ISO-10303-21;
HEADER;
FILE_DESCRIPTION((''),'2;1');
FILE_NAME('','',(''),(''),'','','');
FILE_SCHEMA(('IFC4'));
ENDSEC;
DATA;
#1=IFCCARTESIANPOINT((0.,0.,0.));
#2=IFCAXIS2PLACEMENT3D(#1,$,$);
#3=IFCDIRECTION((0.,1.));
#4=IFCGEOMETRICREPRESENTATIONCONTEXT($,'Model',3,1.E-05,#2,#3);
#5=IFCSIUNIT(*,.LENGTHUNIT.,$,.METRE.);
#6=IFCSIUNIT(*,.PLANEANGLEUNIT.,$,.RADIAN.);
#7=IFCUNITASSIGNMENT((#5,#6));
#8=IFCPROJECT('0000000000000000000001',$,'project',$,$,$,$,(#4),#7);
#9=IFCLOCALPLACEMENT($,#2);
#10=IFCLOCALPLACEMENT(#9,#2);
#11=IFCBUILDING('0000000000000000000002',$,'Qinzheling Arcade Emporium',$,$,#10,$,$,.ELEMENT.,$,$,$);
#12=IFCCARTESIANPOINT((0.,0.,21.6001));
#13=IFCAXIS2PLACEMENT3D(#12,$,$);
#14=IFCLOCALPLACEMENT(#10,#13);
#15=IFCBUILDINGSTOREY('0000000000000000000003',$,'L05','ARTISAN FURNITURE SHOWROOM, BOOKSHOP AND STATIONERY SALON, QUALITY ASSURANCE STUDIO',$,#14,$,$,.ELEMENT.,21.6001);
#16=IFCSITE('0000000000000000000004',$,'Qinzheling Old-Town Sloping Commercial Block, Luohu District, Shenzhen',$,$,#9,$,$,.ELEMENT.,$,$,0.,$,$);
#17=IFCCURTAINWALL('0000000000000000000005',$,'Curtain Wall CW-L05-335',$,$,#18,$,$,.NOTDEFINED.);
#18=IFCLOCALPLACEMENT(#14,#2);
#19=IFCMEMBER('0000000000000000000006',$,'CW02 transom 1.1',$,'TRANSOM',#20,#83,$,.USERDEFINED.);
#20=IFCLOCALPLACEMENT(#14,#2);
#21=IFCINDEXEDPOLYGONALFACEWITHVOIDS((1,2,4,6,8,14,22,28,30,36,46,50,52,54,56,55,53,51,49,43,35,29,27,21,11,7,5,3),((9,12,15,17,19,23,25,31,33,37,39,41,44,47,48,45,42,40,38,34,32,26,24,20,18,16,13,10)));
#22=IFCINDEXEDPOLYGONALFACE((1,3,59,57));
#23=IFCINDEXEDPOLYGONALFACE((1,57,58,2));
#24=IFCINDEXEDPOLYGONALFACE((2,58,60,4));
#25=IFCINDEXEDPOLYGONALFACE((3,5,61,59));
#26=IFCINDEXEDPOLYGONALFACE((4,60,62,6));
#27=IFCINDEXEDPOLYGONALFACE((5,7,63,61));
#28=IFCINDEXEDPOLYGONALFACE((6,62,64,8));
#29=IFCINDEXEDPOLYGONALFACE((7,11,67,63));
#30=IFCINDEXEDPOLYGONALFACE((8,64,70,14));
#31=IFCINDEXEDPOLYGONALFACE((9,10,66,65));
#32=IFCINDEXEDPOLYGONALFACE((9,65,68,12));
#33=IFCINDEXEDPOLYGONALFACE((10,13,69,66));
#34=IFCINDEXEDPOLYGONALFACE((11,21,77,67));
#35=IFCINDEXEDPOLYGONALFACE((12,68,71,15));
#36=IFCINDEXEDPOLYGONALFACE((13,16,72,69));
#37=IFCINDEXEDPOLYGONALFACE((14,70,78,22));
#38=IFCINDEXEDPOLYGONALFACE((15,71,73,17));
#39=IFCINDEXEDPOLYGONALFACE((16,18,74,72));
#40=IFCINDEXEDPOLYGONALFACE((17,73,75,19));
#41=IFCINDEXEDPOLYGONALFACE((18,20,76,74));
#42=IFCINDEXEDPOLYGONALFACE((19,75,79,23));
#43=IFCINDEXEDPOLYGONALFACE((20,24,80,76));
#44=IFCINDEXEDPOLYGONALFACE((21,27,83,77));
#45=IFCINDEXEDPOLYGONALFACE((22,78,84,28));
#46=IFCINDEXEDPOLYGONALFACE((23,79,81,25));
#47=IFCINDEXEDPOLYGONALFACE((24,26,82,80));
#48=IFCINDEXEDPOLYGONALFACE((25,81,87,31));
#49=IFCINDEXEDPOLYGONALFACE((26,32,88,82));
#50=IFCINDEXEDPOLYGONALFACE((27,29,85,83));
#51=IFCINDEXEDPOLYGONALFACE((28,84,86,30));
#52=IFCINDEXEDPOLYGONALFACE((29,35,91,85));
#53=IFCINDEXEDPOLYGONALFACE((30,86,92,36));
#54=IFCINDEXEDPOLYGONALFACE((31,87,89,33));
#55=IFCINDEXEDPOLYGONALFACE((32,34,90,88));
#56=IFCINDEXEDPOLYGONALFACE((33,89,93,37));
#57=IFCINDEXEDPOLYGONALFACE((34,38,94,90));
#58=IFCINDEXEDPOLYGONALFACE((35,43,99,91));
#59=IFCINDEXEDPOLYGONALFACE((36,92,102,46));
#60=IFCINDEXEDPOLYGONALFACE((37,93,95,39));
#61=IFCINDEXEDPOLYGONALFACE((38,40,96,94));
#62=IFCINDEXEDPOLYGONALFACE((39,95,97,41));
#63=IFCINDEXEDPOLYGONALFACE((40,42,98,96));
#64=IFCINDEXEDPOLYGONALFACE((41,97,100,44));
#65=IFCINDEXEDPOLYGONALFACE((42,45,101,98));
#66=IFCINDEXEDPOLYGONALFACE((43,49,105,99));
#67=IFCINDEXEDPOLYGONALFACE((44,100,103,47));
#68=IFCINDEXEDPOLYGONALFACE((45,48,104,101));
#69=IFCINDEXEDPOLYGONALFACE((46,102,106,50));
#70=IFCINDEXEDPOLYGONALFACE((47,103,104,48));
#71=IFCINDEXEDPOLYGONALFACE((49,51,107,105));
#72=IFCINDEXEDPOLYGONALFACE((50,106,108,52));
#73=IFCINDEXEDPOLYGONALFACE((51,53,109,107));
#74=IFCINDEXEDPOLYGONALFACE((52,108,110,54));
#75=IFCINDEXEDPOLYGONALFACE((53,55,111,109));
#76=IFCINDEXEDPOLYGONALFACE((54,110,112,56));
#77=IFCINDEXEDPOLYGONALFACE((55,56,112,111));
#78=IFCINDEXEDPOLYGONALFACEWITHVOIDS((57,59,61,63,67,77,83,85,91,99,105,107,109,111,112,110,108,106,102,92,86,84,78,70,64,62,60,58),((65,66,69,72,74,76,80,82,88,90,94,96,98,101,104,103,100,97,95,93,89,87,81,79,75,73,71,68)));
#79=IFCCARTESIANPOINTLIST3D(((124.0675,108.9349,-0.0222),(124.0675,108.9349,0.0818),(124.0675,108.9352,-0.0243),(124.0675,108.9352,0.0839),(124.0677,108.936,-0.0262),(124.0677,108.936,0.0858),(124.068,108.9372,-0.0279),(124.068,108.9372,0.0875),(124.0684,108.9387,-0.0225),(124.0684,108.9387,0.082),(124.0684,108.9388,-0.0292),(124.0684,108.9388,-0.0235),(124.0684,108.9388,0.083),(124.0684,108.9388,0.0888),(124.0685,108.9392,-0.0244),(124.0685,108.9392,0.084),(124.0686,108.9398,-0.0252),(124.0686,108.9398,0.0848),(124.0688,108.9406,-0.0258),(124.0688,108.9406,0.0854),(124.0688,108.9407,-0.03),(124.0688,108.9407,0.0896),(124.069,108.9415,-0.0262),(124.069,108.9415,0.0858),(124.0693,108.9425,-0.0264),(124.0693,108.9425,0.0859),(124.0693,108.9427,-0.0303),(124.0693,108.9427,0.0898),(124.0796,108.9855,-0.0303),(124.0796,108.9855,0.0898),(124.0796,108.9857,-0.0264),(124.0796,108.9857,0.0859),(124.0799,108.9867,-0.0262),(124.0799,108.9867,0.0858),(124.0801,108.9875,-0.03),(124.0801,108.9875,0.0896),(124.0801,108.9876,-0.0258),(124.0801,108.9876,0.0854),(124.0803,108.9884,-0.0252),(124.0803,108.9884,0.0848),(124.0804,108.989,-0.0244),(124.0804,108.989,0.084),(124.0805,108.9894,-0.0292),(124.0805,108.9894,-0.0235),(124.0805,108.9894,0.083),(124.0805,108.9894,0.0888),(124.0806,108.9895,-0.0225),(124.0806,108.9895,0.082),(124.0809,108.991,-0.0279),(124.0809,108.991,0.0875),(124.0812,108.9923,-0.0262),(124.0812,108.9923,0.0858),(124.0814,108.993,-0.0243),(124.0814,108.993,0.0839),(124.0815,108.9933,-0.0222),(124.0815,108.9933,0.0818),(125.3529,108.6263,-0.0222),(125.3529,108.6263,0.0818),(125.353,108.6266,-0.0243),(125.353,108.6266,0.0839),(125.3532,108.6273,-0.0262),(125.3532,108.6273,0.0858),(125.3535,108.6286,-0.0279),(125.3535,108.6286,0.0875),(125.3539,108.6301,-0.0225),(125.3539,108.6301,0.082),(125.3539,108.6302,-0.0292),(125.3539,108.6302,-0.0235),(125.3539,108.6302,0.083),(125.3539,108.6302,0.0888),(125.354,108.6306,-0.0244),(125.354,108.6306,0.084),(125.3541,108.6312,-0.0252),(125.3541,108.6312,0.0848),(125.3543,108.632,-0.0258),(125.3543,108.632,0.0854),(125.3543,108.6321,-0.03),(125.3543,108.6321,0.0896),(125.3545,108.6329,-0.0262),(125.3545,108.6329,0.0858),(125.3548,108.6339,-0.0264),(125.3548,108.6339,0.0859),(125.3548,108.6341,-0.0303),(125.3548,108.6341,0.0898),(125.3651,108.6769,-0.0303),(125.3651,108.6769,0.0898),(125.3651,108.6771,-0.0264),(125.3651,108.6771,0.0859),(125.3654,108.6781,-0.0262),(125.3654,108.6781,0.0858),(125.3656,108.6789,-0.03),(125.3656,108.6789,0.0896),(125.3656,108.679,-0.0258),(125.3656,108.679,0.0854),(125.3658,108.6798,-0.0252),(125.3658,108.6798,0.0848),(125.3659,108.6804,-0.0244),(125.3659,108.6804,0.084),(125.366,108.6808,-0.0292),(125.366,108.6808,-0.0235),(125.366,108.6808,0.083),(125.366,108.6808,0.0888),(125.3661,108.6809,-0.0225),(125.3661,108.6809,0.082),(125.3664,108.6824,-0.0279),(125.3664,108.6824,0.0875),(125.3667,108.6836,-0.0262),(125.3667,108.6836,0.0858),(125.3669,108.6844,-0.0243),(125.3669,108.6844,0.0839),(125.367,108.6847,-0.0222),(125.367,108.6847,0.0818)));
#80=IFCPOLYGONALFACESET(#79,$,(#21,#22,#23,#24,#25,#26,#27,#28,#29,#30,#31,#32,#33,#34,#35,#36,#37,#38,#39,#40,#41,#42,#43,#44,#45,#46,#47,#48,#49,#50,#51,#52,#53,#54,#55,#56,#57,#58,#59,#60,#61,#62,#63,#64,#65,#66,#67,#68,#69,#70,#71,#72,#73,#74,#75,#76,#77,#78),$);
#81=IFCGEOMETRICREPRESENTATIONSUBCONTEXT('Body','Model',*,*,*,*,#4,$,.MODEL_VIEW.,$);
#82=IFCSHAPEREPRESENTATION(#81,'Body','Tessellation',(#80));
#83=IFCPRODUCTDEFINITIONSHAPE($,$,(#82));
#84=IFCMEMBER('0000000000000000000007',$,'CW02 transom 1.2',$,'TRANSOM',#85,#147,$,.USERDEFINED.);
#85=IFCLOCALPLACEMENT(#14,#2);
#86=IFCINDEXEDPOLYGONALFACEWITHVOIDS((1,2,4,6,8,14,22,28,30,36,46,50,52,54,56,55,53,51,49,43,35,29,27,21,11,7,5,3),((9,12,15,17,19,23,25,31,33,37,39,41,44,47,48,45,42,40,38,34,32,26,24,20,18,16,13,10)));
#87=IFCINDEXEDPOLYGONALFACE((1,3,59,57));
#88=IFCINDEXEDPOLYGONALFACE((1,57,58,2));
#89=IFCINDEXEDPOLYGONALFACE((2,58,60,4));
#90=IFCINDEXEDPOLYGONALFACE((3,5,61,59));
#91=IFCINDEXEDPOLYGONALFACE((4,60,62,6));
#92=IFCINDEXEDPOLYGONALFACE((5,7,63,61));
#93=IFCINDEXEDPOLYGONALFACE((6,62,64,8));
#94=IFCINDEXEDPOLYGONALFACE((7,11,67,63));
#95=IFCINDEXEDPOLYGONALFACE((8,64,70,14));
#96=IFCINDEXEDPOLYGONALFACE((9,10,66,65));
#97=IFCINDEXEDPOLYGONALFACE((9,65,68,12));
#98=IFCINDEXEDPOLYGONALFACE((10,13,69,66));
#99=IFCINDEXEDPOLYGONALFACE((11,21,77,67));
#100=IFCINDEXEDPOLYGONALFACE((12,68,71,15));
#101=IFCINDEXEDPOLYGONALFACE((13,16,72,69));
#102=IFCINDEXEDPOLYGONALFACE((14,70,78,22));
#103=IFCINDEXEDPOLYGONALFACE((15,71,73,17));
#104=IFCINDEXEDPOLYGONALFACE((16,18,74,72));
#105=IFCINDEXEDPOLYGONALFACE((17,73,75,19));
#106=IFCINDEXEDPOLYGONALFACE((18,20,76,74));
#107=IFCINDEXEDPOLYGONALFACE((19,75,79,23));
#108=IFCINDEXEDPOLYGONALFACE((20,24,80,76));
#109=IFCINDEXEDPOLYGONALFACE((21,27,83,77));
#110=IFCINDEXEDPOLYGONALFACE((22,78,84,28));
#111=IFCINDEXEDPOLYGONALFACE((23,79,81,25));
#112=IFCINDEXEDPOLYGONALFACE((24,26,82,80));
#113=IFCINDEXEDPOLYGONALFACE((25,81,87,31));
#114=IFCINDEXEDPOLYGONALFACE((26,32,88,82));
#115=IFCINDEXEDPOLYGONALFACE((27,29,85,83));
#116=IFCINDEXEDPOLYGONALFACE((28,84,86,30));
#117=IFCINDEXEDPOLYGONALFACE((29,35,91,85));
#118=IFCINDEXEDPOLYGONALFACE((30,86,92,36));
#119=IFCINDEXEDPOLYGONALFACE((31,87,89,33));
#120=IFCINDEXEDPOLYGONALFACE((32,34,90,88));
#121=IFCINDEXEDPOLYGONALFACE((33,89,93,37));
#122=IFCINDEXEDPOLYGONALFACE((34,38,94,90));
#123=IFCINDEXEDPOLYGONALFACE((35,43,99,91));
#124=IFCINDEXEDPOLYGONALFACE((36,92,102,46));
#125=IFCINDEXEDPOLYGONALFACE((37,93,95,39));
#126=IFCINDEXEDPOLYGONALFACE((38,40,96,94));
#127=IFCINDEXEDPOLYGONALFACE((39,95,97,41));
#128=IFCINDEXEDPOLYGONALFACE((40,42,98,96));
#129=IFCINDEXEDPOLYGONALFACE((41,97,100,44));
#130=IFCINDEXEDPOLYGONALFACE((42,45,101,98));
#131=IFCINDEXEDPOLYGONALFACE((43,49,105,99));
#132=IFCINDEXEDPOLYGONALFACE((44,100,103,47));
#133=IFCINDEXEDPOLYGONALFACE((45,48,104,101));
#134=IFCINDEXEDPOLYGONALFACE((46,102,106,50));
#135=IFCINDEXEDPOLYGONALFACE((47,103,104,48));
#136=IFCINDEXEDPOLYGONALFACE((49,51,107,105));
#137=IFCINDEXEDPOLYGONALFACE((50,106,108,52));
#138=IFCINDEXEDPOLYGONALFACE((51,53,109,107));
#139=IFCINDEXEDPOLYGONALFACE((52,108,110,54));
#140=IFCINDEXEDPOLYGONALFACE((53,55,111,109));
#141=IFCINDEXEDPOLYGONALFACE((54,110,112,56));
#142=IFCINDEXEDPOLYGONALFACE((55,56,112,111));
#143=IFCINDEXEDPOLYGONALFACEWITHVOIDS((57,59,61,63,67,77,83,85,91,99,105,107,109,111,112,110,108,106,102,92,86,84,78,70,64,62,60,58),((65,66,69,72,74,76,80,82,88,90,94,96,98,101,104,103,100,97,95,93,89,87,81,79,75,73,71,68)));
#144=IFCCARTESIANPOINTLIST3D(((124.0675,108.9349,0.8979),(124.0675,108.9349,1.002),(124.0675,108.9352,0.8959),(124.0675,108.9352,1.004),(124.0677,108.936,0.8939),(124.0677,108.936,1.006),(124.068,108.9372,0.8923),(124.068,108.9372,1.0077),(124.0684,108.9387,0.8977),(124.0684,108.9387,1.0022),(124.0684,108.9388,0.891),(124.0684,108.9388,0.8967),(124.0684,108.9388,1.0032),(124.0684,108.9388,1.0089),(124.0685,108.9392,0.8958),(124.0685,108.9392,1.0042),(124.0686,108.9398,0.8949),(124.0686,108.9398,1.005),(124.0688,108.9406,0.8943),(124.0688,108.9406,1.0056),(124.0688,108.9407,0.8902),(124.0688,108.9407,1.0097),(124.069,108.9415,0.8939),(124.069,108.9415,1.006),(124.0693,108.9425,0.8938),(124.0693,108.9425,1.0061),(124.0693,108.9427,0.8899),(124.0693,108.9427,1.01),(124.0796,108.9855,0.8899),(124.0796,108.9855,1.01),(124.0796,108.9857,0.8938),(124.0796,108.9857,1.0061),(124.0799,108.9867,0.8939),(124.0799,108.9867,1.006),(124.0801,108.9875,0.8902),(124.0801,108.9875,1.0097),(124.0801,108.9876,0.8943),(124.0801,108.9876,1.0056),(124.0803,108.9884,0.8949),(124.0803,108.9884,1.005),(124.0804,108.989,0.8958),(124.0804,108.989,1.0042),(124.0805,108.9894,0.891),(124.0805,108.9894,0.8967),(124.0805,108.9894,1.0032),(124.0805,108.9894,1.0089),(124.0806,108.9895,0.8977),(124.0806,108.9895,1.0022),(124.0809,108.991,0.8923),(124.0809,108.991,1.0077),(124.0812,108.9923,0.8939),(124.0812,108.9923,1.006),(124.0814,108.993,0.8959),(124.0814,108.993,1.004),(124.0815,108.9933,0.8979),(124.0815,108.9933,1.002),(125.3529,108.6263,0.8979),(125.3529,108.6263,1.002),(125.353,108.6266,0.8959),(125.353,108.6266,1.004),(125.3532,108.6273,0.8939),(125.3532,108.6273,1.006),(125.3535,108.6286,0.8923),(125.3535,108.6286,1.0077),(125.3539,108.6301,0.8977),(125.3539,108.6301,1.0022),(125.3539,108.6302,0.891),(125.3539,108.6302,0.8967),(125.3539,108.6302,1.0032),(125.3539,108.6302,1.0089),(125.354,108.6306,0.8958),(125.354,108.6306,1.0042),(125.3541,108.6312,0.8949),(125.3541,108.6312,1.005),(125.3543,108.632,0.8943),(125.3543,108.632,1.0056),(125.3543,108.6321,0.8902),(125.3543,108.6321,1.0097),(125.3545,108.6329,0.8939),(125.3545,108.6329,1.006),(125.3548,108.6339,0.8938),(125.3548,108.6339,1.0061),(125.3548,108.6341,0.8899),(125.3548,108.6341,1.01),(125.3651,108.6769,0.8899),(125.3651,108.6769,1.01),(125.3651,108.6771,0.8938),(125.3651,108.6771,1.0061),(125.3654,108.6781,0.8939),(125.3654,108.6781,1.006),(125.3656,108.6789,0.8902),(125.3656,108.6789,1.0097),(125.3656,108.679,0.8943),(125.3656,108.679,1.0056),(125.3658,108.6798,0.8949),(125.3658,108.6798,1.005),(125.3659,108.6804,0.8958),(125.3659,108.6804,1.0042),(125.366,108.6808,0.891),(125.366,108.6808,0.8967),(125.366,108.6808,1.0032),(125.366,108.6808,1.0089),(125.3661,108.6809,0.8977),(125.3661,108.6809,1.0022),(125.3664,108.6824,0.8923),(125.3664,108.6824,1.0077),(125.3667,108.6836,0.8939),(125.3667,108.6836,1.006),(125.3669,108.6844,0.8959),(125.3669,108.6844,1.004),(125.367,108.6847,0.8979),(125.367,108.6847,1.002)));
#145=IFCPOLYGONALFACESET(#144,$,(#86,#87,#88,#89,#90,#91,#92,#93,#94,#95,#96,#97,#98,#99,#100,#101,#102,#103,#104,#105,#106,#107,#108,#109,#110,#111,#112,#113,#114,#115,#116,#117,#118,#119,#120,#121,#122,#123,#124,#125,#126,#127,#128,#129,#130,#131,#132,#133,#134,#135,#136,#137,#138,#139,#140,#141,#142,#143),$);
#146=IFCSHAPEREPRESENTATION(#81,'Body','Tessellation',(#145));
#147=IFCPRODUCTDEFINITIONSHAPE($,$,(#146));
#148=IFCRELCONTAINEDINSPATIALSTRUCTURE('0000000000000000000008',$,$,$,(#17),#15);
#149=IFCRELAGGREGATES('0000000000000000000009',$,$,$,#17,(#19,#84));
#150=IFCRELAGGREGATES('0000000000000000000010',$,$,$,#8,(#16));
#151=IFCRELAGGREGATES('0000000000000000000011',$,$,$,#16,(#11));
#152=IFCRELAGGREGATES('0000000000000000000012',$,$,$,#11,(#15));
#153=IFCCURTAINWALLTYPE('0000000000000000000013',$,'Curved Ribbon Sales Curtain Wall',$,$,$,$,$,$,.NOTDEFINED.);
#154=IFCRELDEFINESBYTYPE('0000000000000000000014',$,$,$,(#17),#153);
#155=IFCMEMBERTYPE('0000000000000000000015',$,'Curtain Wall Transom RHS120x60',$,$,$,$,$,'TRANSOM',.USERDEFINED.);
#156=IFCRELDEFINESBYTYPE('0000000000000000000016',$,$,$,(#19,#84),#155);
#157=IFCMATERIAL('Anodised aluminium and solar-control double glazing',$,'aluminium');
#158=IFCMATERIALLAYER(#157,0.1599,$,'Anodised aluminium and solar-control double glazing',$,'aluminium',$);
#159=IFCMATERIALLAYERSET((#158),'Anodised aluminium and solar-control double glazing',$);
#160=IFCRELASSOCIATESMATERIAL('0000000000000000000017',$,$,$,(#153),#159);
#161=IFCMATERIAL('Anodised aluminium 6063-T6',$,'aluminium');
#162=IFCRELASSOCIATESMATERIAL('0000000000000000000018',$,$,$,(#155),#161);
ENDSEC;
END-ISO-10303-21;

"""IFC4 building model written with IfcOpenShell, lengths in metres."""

from ifc_helpers import new_model, si_unit, direction, frame, origin, origin_2d, place, context, subcontext, project, spatial, hollow_rectangle, extrude, material, layer, layer_set, material_profile, profile_set, type_object, element, aggregate, save


model = new_model("IFC4")

# Units and contexts
model_context = context("Model", 3, precision=1e-05, world=origin(), true_north=direction((0.0, 1.0)))
body_context = subcontext(model_context, "Body", "Model", "MODEL_VIEW")
ifc_project = project(units=[si_unit("LENGTHUNIT", "METRE"), si_unit("PLANEANGLEUNIT", "RADIAN")], contexts=[model_context])

# Site, building, storey
site_placement = place(None, origin())
site = spatial("IfcSite", under=ifc_project, at=site_placement, Name="Qinzheling Old-Town Sloping Commercial Block, Luohu District, Shenzhen", CompositionType="ELEMENT", RefElevation=0.0)
building_placement = place(site_placement, origin())
building = spatial("IfcBuilding", under=site, at=building_placement, Name="Qinzheling Arcade Emporium", CompositionType="ELEMENT")
storey_placement = place(building_placement, frame((0.0, 0.0, 21.6001)))
storey = spatial("IfcBuildingStorey", under=building, at=storey_placement, Name="L05", Description="ARTISAN FURNITURE SHOWROOM, BOOKSHOP AND STATIONERY SALON, QUALITY ASSURANCE STUDIO", CompositionType="ELEMENT", Elevation=21.6001)

# Curtain wall, members
ifc_material_1 = material(Name="Anodised aluminium and solar-control double glazing", Category="aluminium")
ifc_layer_1 = layer(ifc_material_1, 0.1599, Name="Anodised aluminium and solar-control double glazing", Category="aluminium")
ifc_layer_set_1 = layer_set([ifc_layer_1], Name="Anodised aluminium and solar-control double glazing")
curtain_wall_type = type_object("IfcCurtainWallType", Name="Curved Ribbon Sales Curtain Wall", PredefinedType="NOTDEFINED", material=ifc_layer_set_1)
curtain_wall_placement = place(storey_placement, origin())
curtain_wall = element("IfcCurtainWall", 1, at=curtain_wall_placement, inside=storey, type_object=curtain_wall_type, Name="Curtain Wall CW-L05-335", PredefinedType="NOTDEFINED")
ifc_material_2 = material(Name="Anodised aluminium 6063-T6", Category="aluminium")
ifc_material_profile_1 = material_profile(ifc_material_2, hollow_rectangle(XDim=0.0601, YDim=0.1201, WallThickness=0.0039, InnerFilletRadius=0.0039, OuterFilletRadius=0.0081, at=origin_2d()), Name="RHS 120x60x4", Category="aluminium")
ifc_profile_set_1 = profile_set([ifc_material_profile_1], Name="Anodised aluminium 6063-T6")
member_type_1 = type_object("IfcMemberType", Name="Curtain Wall Transom RHS120x60", ElementType="TRANSOM", PredefinedType="USERDEFINED", material=ifc_profile_set_1)
member_1_placement = place(storey_placement, frame((124.0745, 108.9641, 0.0298), z_axis=(0.972371, -0.233443, 0.0), x_axis=(0.233443, 0.972371, 0.0)))
member_1 = element("IfcMember", 2, at=member_1_placement, type_object=member_type_1, Name="CW02 transom 1.1", ObjectType="TRANSOM", PredefinedType="USERDEFINED", context=body_context, shape_type="SweptSolid", body=[
    extrude(hollow_rectangle(XDim=0.0601, YDim=0.1201, WallThickness=0.0039, InnerFilletRadius=0.0039, OuterFilletRadius=0.0081, at=origin_2d()), origin(), (0.0, 0.0, 1.0), 1.322),
])
member_2_placement = place(storey_placement, frame((124.0745, 108.9641, 0.95), z_axis=(0.972371, -0.233443, 0.0), x_axis=(0.233443, 0.972371, 0.0)))
member_2 = element("IfcMember", 3, at=member_2_placement, type_object=member_type_1, Name="CW02 transom 1.2", ObjectType="TRANSOM", PredefinedType="USERDEFINED", context=body_context, shape_type="SweptSolid", body=[
    extrude(hollow_rectangle(XDim=0.0601, YDim=0.1201, WallThickness=0.0039, InnerFilletRadius=0.0039, OuterFilletRadius=0.0081, at=origin_2d()), origin(), (0.0, 0.0, 1.0), 1.322),
])

aggregate(curtain_wall, [member_1, member_2])

save(model, "model.ifc")
